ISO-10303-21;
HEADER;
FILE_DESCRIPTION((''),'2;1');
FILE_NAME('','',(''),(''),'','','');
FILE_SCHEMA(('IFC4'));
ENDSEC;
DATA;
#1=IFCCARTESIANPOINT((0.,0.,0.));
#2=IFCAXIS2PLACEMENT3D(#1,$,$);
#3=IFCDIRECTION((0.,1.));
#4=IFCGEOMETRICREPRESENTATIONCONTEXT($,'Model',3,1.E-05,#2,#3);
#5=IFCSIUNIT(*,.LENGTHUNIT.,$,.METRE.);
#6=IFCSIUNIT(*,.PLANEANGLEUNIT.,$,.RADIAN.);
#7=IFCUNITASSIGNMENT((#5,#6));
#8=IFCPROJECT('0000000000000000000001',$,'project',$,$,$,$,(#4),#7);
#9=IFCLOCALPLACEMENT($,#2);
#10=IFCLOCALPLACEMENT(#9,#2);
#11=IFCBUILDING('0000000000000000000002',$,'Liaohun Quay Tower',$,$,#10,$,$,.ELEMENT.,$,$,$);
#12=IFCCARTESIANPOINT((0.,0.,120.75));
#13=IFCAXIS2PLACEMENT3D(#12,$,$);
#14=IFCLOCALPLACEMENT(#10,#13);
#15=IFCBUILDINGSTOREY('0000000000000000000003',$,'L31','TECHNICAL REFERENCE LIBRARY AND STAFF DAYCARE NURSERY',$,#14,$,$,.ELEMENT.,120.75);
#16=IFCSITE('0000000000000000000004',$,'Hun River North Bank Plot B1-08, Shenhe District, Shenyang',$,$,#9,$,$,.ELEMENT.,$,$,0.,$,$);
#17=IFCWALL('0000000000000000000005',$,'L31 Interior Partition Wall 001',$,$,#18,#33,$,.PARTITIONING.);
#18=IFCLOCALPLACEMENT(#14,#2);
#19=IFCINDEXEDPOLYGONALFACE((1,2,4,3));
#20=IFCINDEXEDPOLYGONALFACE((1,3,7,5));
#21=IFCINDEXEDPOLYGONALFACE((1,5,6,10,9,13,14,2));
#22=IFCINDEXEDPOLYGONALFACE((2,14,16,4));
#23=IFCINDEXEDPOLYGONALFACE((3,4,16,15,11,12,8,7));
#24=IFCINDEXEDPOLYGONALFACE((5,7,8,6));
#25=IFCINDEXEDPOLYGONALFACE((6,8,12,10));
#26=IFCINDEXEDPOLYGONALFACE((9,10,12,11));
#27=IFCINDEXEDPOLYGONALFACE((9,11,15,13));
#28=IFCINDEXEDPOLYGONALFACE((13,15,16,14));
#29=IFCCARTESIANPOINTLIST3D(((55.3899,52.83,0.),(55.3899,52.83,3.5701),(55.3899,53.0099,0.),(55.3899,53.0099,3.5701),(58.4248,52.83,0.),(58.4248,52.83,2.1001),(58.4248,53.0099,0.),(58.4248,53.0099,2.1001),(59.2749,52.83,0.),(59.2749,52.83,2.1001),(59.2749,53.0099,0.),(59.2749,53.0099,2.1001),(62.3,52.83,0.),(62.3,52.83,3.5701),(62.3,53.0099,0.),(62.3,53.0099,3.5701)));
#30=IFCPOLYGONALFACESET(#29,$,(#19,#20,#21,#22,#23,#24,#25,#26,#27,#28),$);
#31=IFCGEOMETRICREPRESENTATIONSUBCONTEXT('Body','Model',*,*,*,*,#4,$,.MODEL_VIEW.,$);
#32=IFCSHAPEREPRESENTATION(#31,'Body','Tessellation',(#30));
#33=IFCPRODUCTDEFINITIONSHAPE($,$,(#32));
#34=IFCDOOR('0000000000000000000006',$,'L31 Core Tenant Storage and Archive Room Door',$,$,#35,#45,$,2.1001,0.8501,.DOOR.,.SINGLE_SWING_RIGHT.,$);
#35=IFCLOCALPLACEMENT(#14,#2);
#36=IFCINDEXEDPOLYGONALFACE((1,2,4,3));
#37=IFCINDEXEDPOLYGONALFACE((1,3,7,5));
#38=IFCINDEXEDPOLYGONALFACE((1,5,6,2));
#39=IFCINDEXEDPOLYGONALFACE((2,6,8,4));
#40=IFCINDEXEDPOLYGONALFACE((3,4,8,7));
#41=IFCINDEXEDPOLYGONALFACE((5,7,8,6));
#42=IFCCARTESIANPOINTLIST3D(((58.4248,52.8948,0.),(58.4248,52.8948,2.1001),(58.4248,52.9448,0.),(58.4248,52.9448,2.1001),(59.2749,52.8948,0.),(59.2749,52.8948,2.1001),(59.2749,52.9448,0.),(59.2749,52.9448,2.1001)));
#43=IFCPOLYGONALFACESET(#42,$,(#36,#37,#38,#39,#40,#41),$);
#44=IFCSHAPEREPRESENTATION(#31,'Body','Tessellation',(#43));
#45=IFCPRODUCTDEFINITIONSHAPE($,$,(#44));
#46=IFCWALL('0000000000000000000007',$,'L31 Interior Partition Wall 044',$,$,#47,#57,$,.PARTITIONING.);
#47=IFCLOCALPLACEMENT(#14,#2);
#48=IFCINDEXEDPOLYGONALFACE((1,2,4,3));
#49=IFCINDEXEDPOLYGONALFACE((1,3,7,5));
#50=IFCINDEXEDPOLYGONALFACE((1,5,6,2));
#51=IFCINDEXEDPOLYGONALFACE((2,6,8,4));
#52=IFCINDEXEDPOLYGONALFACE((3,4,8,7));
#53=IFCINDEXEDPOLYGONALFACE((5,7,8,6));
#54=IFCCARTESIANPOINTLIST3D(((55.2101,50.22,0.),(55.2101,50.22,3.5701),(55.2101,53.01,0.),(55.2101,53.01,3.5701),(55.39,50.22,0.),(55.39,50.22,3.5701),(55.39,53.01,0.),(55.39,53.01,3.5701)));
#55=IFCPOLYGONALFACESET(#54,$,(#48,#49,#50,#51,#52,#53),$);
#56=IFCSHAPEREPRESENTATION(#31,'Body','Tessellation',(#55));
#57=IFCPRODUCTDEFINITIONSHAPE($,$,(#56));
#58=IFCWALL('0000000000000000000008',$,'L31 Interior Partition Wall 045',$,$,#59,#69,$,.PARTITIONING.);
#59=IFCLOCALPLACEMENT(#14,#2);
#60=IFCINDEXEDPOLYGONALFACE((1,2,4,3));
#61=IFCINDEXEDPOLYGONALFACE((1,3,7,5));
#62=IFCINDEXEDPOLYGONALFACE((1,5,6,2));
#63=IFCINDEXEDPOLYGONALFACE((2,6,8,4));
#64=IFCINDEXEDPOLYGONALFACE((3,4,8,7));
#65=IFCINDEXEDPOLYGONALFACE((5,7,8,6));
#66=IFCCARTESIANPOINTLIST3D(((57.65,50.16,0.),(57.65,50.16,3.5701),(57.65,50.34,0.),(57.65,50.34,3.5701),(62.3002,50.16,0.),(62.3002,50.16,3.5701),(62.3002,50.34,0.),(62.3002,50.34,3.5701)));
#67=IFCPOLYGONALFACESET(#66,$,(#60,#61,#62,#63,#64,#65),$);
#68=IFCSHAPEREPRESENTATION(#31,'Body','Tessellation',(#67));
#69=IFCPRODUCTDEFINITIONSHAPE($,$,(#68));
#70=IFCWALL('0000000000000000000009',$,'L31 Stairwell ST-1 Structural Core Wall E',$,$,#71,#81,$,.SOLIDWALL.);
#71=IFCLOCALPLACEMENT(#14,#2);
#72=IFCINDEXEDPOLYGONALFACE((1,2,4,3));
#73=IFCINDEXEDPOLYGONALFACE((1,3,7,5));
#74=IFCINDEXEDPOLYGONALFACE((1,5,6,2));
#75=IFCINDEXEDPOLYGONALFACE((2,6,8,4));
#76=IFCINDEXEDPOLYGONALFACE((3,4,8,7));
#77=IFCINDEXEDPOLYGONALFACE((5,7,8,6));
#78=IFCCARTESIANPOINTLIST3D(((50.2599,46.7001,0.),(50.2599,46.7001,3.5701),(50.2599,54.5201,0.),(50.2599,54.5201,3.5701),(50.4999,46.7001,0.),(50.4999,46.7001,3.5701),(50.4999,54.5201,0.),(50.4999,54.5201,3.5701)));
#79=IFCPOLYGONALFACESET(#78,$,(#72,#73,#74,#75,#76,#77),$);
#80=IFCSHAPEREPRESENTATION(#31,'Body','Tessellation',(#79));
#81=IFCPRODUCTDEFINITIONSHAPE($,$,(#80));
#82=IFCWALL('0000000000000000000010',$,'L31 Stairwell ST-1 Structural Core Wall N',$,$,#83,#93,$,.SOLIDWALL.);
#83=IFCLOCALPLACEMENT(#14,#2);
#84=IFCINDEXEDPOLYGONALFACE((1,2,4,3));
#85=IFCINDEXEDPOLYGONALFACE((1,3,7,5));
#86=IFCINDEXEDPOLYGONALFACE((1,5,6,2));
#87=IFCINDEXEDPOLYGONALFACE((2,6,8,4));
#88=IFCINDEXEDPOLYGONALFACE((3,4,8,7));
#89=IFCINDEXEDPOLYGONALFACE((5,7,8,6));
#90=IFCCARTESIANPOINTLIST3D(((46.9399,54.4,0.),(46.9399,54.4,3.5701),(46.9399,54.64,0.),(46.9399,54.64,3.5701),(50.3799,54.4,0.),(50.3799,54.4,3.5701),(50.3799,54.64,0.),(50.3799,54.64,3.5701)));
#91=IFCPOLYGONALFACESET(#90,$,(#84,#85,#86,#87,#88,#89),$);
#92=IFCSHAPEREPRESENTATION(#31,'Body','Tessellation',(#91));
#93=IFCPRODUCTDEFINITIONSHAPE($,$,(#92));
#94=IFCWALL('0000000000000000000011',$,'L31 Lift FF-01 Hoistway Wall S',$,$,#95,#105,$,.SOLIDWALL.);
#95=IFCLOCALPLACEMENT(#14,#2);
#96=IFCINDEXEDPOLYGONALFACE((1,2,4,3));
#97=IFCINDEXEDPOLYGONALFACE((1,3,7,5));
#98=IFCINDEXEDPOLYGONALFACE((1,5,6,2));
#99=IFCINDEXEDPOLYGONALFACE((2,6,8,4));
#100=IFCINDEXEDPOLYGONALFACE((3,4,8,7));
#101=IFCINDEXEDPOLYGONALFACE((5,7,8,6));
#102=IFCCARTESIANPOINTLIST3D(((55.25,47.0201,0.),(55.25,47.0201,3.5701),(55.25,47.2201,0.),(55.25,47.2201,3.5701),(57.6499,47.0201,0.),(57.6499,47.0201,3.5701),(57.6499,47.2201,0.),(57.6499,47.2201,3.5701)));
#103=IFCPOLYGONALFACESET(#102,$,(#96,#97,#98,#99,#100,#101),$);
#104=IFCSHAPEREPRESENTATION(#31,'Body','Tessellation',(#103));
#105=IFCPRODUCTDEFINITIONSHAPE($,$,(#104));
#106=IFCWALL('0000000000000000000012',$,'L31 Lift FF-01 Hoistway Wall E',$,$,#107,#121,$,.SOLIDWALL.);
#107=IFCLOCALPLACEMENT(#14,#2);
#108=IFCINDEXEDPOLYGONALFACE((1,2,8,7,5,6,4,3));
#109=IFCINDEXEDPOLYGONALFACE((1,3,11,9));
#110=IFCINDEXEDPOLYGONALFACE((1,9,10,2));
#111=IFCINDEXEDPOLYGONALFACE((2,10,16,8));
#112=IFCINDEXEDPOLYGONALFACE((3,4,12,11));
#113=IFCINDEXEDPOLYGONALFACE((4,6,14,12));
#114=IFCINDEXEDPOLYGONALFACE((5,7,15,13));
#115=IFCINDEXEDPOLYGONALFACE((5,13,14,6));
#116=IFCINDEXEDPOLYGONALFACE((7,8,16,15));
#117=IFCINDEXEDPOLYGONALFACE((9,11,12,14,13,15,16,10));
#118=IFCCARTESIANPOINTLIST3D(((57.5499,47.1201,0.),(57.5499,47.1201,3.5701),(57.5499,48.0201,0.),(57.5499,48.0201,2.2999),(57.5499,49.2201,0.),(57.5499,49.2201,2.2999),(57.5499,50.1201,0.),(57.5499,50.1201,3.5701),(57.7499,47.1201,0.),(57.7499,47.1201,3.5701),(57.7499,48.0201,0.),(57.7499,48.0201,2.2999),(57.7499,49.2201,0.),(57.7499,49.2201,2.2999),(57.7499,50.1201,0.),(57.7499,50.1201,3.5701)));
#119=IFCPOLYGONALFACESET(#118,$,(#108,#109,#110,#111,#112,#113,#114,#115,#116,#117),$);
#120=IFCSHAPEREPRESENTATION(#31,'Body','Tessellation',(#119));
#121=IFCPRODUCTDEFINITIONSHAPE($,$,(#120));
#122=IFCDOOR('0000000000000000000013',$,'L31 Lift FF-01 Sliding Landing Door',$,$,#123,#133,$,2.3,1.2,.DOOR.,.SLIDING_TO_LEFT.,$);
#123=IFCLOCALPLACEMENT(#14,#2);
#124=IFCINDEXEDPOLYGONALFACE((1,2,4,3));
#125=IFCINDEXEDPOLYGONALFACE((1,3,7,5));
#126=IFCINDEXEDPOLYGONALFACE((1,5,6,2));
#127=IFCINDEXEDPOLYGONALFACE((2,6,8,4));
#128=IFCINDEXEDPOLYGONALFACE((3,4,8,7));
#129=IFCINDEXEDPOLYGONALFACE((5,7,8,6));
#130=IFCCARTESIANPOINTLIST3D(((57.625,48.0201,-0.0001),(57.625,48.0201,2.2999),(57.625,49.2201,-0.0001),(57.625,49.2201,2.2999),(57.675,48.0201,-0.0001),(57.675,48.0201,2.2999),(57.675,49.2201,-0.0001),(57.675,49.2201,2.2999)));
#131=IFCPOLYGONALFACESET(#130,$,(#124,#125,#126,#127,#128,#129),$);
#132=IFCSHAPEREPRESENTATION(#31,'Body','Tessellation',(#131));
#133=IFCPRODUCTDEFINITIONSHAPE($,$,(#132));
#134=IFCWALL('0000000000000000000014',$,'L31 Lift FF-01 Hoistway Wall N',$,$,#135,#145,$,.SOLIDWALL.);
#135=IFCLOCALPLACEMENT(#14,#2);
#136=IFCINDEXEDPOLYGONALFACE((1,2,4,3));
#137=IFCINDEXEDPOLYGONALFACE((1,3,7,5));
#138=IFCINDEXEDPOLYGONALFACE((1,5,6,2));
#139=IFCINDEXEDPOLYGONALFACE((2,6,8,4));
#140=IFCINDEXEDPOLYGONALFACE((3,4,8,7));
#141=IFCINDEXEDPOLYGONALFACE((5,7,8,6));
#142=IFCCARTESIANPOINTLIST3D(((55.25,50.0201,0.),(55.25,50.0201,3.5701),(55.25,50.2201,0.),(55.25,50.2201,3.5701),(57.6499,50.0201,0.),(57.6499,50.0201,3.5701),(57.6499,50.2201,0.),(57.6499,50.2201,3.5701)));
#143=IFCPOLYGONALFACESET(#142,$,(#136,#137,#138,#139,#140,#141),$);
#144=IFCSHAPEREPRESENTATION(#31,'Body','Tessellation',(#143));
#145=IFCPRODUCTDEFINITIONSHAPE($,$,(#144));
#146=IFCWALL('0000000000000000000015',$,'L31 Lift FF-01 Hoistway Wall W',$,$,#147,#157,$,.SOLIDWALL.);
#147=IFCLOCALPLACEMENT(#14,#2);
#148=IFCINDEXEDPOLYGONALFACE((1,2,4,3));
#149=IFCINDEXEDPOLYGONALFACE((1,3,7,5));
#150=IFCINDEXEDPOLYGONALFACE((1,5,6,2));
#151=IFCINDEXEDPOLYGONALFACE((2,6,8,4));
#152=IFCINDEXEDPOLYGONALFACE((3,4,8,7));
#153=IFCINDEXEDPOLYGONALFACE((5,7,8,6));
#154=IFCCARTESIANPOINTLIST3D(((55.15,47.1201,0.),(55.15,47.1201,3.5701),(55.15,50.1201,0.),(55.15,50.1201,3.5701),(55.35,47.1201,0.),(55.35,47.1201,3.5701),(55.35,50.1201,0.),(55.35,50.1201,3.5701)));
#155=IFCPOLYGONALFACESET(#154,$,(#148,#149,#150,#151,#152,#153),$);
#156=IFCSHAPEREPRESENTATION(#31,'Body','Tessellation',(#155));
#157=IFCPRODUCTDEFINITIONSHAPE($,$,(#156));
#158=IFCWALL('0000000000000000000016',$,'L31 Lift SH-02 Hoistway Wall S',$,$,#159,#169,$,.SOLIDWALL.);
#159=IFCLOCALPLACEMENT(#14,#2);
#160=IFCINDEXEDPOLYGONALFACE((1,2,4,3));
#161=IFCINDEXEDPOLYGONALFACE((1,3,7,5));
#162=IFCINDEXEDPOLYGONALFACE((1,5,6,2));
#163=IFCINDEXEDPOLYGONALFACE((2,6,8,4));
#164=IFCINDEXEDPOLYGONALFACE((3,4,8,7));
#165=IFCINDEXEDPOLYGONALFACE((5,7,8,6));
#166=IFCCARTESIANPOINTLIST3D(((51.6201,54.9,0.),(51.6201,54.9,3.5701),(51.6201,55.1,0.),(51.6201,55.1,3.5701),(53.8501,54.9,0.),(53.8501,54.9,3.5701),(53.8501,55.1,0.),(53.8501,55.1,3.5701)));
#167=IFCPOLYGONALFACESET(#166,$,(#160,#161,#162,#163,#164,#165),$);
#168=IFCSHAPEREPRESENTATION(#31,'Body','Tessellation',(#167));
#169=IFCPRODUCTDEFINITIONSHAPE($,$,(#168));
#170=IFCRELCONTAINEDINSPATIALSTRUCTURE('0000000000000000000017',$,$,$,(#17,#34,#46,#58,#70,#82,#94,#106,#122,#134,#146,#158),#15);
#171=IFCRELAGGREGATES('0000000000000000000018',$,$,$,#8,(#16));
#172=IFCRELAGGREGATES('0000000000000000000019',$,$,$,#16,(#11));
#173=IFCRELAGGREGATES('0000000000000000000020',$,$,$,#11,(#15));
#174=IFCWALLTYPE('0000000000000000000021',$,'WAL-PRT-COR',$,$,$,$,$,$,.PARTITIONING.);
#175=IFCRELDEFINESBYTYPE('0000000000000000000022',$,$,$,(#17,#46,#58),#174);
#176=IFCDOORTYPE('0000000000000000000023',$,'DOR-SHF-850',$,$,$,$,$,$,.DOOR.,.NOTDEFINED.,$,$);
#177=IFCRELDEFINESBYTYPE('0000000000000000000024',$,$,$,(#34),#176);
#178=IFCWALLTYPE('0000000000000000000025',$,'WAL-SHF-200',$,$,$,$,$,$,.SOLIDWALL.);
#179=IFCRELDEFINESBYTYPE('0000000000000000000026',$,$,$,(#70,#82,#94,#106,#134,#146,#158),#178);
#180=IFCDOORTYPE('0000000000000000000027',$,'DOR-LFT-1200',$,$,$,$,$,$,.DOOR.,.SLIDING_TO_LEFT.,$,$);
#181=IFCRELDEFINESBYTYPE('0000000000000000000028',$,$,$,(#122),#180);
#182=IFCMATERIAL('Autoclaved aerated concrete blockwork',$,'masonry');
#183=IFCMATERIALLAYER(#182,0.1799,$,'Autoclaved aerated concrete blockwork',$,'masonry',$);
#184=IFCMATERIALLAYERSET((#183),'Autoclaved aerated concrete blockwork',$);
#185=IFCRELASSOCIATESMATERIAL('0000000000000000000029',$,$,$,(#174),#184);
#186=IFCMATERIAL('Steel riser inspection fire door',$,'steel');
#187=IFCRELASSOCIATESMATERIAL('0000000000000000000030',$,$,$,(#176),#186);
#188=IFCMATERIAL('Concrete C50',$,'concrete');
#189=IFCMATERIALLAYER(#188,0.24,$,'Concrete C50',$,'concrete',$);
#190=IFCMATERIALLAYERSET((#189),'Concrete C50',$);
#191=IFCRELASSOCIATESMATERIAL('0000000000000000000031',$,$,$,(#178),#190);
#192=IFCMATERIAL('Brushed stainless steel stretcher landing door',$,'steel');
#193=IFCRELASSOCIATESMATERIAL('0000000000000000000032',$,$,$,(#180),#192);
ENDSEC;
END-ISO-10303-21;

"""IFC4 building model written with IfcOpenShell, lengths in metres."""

from ifc_helpers import new_model, si_unit, direction, frame, frame_2d, origin, place, context, subcontext, project, spatial, rectangle, extrude, source, transform, mapped, material, layer, layer_set, type_object, element, fill, save


model = new_model("IFC4")

# Units and contexts
model_context = context("Model", 3, precision=1e-05, world=origin(), true_north=direction((0.0, 1.0)))
body_context = subcontext(model_context, "Body", "Model", "MODEL_VIEW")
ifc_project = project(units=[si_unit("LENGTHUNIT", "METRE"), si_unit("PLANEANGLEUNIT", "RADIAN")], contexts=[model_context])

# Site, building, storey
site_placement = place(None, origin())
site = spatial("IfcSite", under=ifc_project, at=site_placement, Name="Hun River North Bank Plot B1-08, Shenhe District, Shenyang", CompositionType="ELEMENT", RefElevation=0.0)
building_placement = place(site_placement, origin())
building = spatial("IfcBuilding", under=site, at=building_placement, Name="Liaohun Quay Tower", CompositionType="ELEMENT")
storey_placement = place(building_placement, frame((0.0, 0.0, 120.75)))
storey = spatial("IfcBuildingStorey", under=building, at=storey_placement, Name="L31", Description="TECHNICAL REFERENCE LIBRARY AND STAFF DAYCARE NURSERY", CompositionType="ELEMENT", Elevation=120.75)

# Shared definitions
ifc_material_1 = material(Name="Concrete C50", Category="concrete")

# Wall, opening, door
ifc_material_2 = material(Name="Autoclaved aerated concrete blockwork", Category="masonry")
ifc_layer_1 = layer(ifc_material_2, 0.1799, Name="Autoclaved aerated concrete blockwork", Category="masonry")
ifc_layer_set_1 = layer_set([ifc_layer_1], Name="Autoclaved aerated concrete blockwork")
wall_type_1 = type_object("IfcWallType", Name="WAL-PRT-COR", PredefinedType="PARTITIONING", material=ifc_layer_set_1)
wall_1_placement = place(storey_placement, frame((55.3899, 52.9199, 0.0), z_axis=(0.0, 0.0, 1.0), x_axis=(1.0, 0.0, 0.0)))
wall_1 = element("IfcWall", 1, at=wall_1_placement, inside=storey, type_object=wall_type_1, Name="L31 Interior Partition Wall 001", PredefinedType="PARTITIONING", context=body_context, shape_type="SweptSolid", body=[
    extrude(rectangle(XDim=6.9102, YDim=0.1799, at=frame_2d((3.4551, 0.0))), origin(), (0.0, 0.0, 1.0), 3.5701),
])
shared_shape_1 = source(origin(), body_context, "Body", "SweptSolid", [
    extrude(rectangle(XDim=0.8501, YDim=2.1001, at=frame_2d((0.425, 1.05))), frame((0.0, 0.0999, 0.0), z_axis=(0.0, -1.0, 0.0), x_axis=(1.0, 0.0, 0.0)), (0.0, 0.0, 1.0), 0.2),
])
opening_1_placement = place(wall_1_placement, frame((3.0349, 0.0, 0.0)))
opening_1 = element("IfcOpeningElement", 2, at=opening_1_placement, cuts=wall_1, PredefinedType="OPENING", context=body_context, shape_type="MappedRepresentation", body=[
    mapped(shared_shape_1, transform((0.0, 0.0, 0.0), x_axis=(1.0, 0.0, 0.0), y_axis=(0.0, 1.0, 0.0), z_axis=(0.0, 0.0, 1.0), scale=1.0)),
])
ifc_material_3 = material(Name="Steel riser inspection fire door", Category="steel")
door_type_1 = type_object("IfcDoorType", Name="DOR-SHF-850", OperationType="NOTDEFINED", PredefinedType="DOOR", material=ifc_material_3)
shared_shape_2 = source(origin(), body_context, "Body", "SweptSolid", [
    extrude(rectangle(XDim=0.8501, YDim=2.1001, at=frame_2d((0.425, 1.05))), frame((0.0, 0.0249, 0.0), z_axis=(0.0, -1.0, 0.0), x_axis=(1.0, 0.0, 0.0)), (0.0, 0.0, 1.0), 0.05),
])
door_1_placement = place(opening_1_placement, origin())
door_1 = element("IfcDoor", 3, at=door_1_placement, inside=storey, type_object=door_type_1, Name="L31 Core Tenant Storage and Archive Room Door", OperationType="SINGLE_SWING_RIGHT", OverallHeight=2.1001, OverallWidth=0.8501, PredefinedType="DOOR", context=body_context, shape_type="MappedRepresentation", body=[
    mapped(shared_shape_2, transform((0.0, 0.0, 0.0), x_axis=(1.0, 0.0, 0.0), y_axis=(0.0, 1.0, 0.0), z_axis=(0.0, 0.0, 1.0), scale=1.0)),
])
fill(opening_1, door_1)

# Walls
wall_2_placement = place(storey_placement, frame((55.3, 50.22, 0.0), z_axis=(0.0, 0.0, 1.0), x_axis=(0.0, 1.0, 0.0)))
element("IfcWall", 4, at=wall_2_placement, inside=storey, type_object=wall_type_1, Name="L31 Interior Partition Wall 044", PredefinedType="PARTITIONING", context=body_context, shape_type="SweptSolid", body=[
    extrude(rectangle(XDim=2.79, YDim=0.1799, at=frame_2d((1.395, 0.0))), origin(), (0.0, 0.0, 1.0), 3.5701),
])
wall_3_placement = place(storey_placement, frame((57.6499, 50.25, 0.0), z_axis=(0.0, 0.0, 1.0), x_axis=(1.0, 0.0, 0.0)))
element("IfcWall", 5, at=wall_3_placement, inside=storey, type_object=wall_type_1, Name="L31 Interior Partition Wall 045", PredefinedType="PARTITIONING", context=body_context, shape_type="SweptSolid", body=[
    extrude(rectangle(XDim=4.6501, YDim=0.1799, at=frame_2d((2.3252, 0.0))), origin(), (0.0, 0.0, 1.0), 3.5701),
])
ifc_layer_2 = layer(ifc_material_1, 0.24, Name="Concrete C50", Category="concrete")
ifc_layer_set_2 = layer_set([ifc_layer_2], Name="Concrete C50")
wall_type_2 = type_object("IfcWallType", Name="WAL-SHF-200", PredefinedType="SOLIDWALL", material=ifc_layer_set_2)
wall_4_placement = place(storey_placement, frame((50.3799, 46.7, 0.0), z_axis=(0.0, 0.0, 1.0), x_axis=(0.0, 1.0, 0.0)))
element("IfcWall", 6, at=wall_4_placement, inside=storey, type_object=wall_type_2, Name="L31 Stairwell ST-1 Structural Core Wall E", PredefinedType="SOLIDWALL", context=body_context, shape_type="SweptSolid", body=[
    extrude(rectangle(XDim=7.8201, YDim=0.24, at=frame_2d((3.9102, 0.0))), origin(), (0.0, 0.0, 1.0), 3.5701),
])
wall_5_placement = place(storey_placement, frame((50.3799, 54.52, 0.0), z_axis=(0.0, 0.0, 1.0), x_axis=(-1.0, 0.0, 0.0)))
element("IfcWall", 7, at=wall_5_placement, inside=storey, type_object=wall_type_2, Name="L31 Stairwell ST-1 Structural Core Wall N", PredefinedType="SOLIDWALL", context=body_context, shape_type="SweptSolid", body=[
    extrude(rectangle(XDim=3.4399, YDim=0.24, at=frame_2d((1.72, 0.0))), origin(), (0.0, 0.0, 1.0), 3.5701),
])
wall_6_placement = place(storey_placement, frame((55.25, 47.1201, 0.0), z_axis=(0.0, 0.0, 1.0), x_axis=(1.0, 0.0, 0.0)))
element("IfcWall", 8, at=wall_6_placement, inside=storey, type_object=wall_type_2, Name="L31 Lift FF-01 Hoistway Wall S", PredefinedType="SOLIDWALL", context=body_context, shape_type="SweptSolid", body=[
    extrude(rectangle(XDim=2.3999, YDim=0.2, at=frame_2d((1.2, 0.0))), origin(), (0.0, 0.0, 1.0), 3.5701),
])

# Wall, opening, door
wall_7_placement = place(storey_placement, frame((57.6499, 47.1201, 0.0), z_axis=(0.0, 0.0, 1.0), x_axis=(0.0, 1.0, 0.0)))
wall_7 = element("IfcWall", 9, at=wall_7_placement, inside=storey, type_object=wall_type_2, Name="L31 Lift FF-01 Hoistway Wall E", PredefinedType="SOLIDWALL", context=body_context, shape_type="SweptSolid", body=[
    extrude(rectangle(XDim=3.0, YDim=0.2, at=frame_2d((1.5, 0.0))), origin(), (0.0, 0.0, 1.0), 3.5701),
])
shared_shape_3 = source(origin(), body_context, "Body", "SweptSolid", [
    extrude(rectangle(XDim=1.2, YDim=2.3, at=frame_2d((0.6001, 1.1499))), frame((0.0, 0.1099, 0.0), z_axis=(0.0, -1.0, 0.0), x_axis=(1.0, 0.0, 0.0)), (0.0, 0.0, 1.0), 0.22),
])
opening_2_placement = place(wall_7_placement, frame((0.8999, 0.0, 0.0)))
opening_2 = element("IfcOpeningElement", 10, at=opening_2_placement, cuts=wall_7, PredefinedType="OPENING", context=body_context, shape_type="MappedRepresentation", body=[
    mapped(shared_shape_3, transform((0.0, 0.0, 0.0), x_axis=(1.0, 0.0, 0.0), y_axis=(0.0, 1.0, 0.0), z_axis=(0.0, 0.0, 1.0), scale=1.0)),
])
ifc_material_4 = material(Name="Brushed stainless steel stretcher landing door", Category="steel")
door_type_2 = type_object("IfcDoorType", Name="DOR-LFT-1200", OperationType="SLIDING_TO_LEFT", PredefinedType="DOOR", material=ifc_material_4)
shared_shape_4 = source(origin(), body_context, "Body", "SweptSolid", [
    extrude(rectangle(XDim=1.2, YDim=2.3, at=frame_2d((0.6001, 1.1499))), frame((0.0, 0.0249, 0.0), z_axis=(0.0, -1.0, 0.0), x_axis=(1.0, 0.0, 0.0)), (0.0, 0.0, 1.0), 0.05),
])
door_2_placement = place(opening_2_placement, origin())
door_2 = element("IfcDoor", 11, at=door_2_placement, inside=storey, type_object=door_type_2, Name="L31 Lift FF-01 Sliding Landing Door", OperationType="SLIDING_TO_LEFT", OverallHeight=2.3, OverallWidth=1.2, PredefinedType="DOOR", context=body_context, shape_type="MappedRepresentation", body=[
    mapped(shared_shape_4, transform((0.0, 0.0, 0.0), x_axis=(1.0, 0.0, 0.0), y_axis=(0.0, 1.0, 0.0), z_axis=(0.0, 0.0, 1.0), scale=1.0)),
])
fill(opening_2, door_2)

# Walls
wall_8_placement = place(storey_placement, frame((57.6499, 50.1201, 0.0), z_axis=(0.0, 0.0, 1.0), x_axis=(-1.0, 0.0, 0.0)))
element("IfcWall", 12, at=wall_8_placement, inside=storey, type_object=wall_type_2, Name="L31 Lift FF-01 Hoistway Wall N", PredefinedType="SOLIDWALL", context=body_context, shape_type="SweptSolid", body=[
    extrude(rectangle(XDim=2.3999, YDim=0.2, at=frame_2d((1.2, 0.0))), origin(), (0.0, 0.0, 1.0), 3.5701),
])
wall_9_placement = place(storey_placement, frame((55.25, 50.1201, 0.0), z_axis=(0.0, 0.0, 1.0), x_axis=(0.0, -1.0, 0.0)))
element("IfcWall", 13, at=wall_9_placement, inside=storey, type_object=wall_type_2, Name="L31 Lift FF-01 Hoistway Wall W", PredefinedType="SOLIDWALL", context=body_context, shape_type="SweptSolid", body=[
    extrude(rectangle(XDim=3.0, YDim=0.2, at=frame_2d((1.5, 0.0))), origin(), (0.0, 0.0, 1.0), 3.5701),
])
wall_10_placement = place(storey_placement, frame((51.6201, 55.0, 0.0), z_axis=(0.0, 0.0, 1.0), x_axis=(1.0, 0.0, 0.0)))
element("IfcWall", 14, at=wall_10_placement, inside=storey, type_object=wall_type_2, Name="L31 Lift SH-02 Hoistway Wall S", PredefinedType="SOLIDWALL", context=body_context, shape_type="SweptSolid", body=[
    extrude(rectangle(XDim=2.23, YDim=0.2, at=frame_2d((1.115, 0.0))), origin(), (0.0, 0.0, 1.0), 3.5701),
])

save(model, "model.ifc")
